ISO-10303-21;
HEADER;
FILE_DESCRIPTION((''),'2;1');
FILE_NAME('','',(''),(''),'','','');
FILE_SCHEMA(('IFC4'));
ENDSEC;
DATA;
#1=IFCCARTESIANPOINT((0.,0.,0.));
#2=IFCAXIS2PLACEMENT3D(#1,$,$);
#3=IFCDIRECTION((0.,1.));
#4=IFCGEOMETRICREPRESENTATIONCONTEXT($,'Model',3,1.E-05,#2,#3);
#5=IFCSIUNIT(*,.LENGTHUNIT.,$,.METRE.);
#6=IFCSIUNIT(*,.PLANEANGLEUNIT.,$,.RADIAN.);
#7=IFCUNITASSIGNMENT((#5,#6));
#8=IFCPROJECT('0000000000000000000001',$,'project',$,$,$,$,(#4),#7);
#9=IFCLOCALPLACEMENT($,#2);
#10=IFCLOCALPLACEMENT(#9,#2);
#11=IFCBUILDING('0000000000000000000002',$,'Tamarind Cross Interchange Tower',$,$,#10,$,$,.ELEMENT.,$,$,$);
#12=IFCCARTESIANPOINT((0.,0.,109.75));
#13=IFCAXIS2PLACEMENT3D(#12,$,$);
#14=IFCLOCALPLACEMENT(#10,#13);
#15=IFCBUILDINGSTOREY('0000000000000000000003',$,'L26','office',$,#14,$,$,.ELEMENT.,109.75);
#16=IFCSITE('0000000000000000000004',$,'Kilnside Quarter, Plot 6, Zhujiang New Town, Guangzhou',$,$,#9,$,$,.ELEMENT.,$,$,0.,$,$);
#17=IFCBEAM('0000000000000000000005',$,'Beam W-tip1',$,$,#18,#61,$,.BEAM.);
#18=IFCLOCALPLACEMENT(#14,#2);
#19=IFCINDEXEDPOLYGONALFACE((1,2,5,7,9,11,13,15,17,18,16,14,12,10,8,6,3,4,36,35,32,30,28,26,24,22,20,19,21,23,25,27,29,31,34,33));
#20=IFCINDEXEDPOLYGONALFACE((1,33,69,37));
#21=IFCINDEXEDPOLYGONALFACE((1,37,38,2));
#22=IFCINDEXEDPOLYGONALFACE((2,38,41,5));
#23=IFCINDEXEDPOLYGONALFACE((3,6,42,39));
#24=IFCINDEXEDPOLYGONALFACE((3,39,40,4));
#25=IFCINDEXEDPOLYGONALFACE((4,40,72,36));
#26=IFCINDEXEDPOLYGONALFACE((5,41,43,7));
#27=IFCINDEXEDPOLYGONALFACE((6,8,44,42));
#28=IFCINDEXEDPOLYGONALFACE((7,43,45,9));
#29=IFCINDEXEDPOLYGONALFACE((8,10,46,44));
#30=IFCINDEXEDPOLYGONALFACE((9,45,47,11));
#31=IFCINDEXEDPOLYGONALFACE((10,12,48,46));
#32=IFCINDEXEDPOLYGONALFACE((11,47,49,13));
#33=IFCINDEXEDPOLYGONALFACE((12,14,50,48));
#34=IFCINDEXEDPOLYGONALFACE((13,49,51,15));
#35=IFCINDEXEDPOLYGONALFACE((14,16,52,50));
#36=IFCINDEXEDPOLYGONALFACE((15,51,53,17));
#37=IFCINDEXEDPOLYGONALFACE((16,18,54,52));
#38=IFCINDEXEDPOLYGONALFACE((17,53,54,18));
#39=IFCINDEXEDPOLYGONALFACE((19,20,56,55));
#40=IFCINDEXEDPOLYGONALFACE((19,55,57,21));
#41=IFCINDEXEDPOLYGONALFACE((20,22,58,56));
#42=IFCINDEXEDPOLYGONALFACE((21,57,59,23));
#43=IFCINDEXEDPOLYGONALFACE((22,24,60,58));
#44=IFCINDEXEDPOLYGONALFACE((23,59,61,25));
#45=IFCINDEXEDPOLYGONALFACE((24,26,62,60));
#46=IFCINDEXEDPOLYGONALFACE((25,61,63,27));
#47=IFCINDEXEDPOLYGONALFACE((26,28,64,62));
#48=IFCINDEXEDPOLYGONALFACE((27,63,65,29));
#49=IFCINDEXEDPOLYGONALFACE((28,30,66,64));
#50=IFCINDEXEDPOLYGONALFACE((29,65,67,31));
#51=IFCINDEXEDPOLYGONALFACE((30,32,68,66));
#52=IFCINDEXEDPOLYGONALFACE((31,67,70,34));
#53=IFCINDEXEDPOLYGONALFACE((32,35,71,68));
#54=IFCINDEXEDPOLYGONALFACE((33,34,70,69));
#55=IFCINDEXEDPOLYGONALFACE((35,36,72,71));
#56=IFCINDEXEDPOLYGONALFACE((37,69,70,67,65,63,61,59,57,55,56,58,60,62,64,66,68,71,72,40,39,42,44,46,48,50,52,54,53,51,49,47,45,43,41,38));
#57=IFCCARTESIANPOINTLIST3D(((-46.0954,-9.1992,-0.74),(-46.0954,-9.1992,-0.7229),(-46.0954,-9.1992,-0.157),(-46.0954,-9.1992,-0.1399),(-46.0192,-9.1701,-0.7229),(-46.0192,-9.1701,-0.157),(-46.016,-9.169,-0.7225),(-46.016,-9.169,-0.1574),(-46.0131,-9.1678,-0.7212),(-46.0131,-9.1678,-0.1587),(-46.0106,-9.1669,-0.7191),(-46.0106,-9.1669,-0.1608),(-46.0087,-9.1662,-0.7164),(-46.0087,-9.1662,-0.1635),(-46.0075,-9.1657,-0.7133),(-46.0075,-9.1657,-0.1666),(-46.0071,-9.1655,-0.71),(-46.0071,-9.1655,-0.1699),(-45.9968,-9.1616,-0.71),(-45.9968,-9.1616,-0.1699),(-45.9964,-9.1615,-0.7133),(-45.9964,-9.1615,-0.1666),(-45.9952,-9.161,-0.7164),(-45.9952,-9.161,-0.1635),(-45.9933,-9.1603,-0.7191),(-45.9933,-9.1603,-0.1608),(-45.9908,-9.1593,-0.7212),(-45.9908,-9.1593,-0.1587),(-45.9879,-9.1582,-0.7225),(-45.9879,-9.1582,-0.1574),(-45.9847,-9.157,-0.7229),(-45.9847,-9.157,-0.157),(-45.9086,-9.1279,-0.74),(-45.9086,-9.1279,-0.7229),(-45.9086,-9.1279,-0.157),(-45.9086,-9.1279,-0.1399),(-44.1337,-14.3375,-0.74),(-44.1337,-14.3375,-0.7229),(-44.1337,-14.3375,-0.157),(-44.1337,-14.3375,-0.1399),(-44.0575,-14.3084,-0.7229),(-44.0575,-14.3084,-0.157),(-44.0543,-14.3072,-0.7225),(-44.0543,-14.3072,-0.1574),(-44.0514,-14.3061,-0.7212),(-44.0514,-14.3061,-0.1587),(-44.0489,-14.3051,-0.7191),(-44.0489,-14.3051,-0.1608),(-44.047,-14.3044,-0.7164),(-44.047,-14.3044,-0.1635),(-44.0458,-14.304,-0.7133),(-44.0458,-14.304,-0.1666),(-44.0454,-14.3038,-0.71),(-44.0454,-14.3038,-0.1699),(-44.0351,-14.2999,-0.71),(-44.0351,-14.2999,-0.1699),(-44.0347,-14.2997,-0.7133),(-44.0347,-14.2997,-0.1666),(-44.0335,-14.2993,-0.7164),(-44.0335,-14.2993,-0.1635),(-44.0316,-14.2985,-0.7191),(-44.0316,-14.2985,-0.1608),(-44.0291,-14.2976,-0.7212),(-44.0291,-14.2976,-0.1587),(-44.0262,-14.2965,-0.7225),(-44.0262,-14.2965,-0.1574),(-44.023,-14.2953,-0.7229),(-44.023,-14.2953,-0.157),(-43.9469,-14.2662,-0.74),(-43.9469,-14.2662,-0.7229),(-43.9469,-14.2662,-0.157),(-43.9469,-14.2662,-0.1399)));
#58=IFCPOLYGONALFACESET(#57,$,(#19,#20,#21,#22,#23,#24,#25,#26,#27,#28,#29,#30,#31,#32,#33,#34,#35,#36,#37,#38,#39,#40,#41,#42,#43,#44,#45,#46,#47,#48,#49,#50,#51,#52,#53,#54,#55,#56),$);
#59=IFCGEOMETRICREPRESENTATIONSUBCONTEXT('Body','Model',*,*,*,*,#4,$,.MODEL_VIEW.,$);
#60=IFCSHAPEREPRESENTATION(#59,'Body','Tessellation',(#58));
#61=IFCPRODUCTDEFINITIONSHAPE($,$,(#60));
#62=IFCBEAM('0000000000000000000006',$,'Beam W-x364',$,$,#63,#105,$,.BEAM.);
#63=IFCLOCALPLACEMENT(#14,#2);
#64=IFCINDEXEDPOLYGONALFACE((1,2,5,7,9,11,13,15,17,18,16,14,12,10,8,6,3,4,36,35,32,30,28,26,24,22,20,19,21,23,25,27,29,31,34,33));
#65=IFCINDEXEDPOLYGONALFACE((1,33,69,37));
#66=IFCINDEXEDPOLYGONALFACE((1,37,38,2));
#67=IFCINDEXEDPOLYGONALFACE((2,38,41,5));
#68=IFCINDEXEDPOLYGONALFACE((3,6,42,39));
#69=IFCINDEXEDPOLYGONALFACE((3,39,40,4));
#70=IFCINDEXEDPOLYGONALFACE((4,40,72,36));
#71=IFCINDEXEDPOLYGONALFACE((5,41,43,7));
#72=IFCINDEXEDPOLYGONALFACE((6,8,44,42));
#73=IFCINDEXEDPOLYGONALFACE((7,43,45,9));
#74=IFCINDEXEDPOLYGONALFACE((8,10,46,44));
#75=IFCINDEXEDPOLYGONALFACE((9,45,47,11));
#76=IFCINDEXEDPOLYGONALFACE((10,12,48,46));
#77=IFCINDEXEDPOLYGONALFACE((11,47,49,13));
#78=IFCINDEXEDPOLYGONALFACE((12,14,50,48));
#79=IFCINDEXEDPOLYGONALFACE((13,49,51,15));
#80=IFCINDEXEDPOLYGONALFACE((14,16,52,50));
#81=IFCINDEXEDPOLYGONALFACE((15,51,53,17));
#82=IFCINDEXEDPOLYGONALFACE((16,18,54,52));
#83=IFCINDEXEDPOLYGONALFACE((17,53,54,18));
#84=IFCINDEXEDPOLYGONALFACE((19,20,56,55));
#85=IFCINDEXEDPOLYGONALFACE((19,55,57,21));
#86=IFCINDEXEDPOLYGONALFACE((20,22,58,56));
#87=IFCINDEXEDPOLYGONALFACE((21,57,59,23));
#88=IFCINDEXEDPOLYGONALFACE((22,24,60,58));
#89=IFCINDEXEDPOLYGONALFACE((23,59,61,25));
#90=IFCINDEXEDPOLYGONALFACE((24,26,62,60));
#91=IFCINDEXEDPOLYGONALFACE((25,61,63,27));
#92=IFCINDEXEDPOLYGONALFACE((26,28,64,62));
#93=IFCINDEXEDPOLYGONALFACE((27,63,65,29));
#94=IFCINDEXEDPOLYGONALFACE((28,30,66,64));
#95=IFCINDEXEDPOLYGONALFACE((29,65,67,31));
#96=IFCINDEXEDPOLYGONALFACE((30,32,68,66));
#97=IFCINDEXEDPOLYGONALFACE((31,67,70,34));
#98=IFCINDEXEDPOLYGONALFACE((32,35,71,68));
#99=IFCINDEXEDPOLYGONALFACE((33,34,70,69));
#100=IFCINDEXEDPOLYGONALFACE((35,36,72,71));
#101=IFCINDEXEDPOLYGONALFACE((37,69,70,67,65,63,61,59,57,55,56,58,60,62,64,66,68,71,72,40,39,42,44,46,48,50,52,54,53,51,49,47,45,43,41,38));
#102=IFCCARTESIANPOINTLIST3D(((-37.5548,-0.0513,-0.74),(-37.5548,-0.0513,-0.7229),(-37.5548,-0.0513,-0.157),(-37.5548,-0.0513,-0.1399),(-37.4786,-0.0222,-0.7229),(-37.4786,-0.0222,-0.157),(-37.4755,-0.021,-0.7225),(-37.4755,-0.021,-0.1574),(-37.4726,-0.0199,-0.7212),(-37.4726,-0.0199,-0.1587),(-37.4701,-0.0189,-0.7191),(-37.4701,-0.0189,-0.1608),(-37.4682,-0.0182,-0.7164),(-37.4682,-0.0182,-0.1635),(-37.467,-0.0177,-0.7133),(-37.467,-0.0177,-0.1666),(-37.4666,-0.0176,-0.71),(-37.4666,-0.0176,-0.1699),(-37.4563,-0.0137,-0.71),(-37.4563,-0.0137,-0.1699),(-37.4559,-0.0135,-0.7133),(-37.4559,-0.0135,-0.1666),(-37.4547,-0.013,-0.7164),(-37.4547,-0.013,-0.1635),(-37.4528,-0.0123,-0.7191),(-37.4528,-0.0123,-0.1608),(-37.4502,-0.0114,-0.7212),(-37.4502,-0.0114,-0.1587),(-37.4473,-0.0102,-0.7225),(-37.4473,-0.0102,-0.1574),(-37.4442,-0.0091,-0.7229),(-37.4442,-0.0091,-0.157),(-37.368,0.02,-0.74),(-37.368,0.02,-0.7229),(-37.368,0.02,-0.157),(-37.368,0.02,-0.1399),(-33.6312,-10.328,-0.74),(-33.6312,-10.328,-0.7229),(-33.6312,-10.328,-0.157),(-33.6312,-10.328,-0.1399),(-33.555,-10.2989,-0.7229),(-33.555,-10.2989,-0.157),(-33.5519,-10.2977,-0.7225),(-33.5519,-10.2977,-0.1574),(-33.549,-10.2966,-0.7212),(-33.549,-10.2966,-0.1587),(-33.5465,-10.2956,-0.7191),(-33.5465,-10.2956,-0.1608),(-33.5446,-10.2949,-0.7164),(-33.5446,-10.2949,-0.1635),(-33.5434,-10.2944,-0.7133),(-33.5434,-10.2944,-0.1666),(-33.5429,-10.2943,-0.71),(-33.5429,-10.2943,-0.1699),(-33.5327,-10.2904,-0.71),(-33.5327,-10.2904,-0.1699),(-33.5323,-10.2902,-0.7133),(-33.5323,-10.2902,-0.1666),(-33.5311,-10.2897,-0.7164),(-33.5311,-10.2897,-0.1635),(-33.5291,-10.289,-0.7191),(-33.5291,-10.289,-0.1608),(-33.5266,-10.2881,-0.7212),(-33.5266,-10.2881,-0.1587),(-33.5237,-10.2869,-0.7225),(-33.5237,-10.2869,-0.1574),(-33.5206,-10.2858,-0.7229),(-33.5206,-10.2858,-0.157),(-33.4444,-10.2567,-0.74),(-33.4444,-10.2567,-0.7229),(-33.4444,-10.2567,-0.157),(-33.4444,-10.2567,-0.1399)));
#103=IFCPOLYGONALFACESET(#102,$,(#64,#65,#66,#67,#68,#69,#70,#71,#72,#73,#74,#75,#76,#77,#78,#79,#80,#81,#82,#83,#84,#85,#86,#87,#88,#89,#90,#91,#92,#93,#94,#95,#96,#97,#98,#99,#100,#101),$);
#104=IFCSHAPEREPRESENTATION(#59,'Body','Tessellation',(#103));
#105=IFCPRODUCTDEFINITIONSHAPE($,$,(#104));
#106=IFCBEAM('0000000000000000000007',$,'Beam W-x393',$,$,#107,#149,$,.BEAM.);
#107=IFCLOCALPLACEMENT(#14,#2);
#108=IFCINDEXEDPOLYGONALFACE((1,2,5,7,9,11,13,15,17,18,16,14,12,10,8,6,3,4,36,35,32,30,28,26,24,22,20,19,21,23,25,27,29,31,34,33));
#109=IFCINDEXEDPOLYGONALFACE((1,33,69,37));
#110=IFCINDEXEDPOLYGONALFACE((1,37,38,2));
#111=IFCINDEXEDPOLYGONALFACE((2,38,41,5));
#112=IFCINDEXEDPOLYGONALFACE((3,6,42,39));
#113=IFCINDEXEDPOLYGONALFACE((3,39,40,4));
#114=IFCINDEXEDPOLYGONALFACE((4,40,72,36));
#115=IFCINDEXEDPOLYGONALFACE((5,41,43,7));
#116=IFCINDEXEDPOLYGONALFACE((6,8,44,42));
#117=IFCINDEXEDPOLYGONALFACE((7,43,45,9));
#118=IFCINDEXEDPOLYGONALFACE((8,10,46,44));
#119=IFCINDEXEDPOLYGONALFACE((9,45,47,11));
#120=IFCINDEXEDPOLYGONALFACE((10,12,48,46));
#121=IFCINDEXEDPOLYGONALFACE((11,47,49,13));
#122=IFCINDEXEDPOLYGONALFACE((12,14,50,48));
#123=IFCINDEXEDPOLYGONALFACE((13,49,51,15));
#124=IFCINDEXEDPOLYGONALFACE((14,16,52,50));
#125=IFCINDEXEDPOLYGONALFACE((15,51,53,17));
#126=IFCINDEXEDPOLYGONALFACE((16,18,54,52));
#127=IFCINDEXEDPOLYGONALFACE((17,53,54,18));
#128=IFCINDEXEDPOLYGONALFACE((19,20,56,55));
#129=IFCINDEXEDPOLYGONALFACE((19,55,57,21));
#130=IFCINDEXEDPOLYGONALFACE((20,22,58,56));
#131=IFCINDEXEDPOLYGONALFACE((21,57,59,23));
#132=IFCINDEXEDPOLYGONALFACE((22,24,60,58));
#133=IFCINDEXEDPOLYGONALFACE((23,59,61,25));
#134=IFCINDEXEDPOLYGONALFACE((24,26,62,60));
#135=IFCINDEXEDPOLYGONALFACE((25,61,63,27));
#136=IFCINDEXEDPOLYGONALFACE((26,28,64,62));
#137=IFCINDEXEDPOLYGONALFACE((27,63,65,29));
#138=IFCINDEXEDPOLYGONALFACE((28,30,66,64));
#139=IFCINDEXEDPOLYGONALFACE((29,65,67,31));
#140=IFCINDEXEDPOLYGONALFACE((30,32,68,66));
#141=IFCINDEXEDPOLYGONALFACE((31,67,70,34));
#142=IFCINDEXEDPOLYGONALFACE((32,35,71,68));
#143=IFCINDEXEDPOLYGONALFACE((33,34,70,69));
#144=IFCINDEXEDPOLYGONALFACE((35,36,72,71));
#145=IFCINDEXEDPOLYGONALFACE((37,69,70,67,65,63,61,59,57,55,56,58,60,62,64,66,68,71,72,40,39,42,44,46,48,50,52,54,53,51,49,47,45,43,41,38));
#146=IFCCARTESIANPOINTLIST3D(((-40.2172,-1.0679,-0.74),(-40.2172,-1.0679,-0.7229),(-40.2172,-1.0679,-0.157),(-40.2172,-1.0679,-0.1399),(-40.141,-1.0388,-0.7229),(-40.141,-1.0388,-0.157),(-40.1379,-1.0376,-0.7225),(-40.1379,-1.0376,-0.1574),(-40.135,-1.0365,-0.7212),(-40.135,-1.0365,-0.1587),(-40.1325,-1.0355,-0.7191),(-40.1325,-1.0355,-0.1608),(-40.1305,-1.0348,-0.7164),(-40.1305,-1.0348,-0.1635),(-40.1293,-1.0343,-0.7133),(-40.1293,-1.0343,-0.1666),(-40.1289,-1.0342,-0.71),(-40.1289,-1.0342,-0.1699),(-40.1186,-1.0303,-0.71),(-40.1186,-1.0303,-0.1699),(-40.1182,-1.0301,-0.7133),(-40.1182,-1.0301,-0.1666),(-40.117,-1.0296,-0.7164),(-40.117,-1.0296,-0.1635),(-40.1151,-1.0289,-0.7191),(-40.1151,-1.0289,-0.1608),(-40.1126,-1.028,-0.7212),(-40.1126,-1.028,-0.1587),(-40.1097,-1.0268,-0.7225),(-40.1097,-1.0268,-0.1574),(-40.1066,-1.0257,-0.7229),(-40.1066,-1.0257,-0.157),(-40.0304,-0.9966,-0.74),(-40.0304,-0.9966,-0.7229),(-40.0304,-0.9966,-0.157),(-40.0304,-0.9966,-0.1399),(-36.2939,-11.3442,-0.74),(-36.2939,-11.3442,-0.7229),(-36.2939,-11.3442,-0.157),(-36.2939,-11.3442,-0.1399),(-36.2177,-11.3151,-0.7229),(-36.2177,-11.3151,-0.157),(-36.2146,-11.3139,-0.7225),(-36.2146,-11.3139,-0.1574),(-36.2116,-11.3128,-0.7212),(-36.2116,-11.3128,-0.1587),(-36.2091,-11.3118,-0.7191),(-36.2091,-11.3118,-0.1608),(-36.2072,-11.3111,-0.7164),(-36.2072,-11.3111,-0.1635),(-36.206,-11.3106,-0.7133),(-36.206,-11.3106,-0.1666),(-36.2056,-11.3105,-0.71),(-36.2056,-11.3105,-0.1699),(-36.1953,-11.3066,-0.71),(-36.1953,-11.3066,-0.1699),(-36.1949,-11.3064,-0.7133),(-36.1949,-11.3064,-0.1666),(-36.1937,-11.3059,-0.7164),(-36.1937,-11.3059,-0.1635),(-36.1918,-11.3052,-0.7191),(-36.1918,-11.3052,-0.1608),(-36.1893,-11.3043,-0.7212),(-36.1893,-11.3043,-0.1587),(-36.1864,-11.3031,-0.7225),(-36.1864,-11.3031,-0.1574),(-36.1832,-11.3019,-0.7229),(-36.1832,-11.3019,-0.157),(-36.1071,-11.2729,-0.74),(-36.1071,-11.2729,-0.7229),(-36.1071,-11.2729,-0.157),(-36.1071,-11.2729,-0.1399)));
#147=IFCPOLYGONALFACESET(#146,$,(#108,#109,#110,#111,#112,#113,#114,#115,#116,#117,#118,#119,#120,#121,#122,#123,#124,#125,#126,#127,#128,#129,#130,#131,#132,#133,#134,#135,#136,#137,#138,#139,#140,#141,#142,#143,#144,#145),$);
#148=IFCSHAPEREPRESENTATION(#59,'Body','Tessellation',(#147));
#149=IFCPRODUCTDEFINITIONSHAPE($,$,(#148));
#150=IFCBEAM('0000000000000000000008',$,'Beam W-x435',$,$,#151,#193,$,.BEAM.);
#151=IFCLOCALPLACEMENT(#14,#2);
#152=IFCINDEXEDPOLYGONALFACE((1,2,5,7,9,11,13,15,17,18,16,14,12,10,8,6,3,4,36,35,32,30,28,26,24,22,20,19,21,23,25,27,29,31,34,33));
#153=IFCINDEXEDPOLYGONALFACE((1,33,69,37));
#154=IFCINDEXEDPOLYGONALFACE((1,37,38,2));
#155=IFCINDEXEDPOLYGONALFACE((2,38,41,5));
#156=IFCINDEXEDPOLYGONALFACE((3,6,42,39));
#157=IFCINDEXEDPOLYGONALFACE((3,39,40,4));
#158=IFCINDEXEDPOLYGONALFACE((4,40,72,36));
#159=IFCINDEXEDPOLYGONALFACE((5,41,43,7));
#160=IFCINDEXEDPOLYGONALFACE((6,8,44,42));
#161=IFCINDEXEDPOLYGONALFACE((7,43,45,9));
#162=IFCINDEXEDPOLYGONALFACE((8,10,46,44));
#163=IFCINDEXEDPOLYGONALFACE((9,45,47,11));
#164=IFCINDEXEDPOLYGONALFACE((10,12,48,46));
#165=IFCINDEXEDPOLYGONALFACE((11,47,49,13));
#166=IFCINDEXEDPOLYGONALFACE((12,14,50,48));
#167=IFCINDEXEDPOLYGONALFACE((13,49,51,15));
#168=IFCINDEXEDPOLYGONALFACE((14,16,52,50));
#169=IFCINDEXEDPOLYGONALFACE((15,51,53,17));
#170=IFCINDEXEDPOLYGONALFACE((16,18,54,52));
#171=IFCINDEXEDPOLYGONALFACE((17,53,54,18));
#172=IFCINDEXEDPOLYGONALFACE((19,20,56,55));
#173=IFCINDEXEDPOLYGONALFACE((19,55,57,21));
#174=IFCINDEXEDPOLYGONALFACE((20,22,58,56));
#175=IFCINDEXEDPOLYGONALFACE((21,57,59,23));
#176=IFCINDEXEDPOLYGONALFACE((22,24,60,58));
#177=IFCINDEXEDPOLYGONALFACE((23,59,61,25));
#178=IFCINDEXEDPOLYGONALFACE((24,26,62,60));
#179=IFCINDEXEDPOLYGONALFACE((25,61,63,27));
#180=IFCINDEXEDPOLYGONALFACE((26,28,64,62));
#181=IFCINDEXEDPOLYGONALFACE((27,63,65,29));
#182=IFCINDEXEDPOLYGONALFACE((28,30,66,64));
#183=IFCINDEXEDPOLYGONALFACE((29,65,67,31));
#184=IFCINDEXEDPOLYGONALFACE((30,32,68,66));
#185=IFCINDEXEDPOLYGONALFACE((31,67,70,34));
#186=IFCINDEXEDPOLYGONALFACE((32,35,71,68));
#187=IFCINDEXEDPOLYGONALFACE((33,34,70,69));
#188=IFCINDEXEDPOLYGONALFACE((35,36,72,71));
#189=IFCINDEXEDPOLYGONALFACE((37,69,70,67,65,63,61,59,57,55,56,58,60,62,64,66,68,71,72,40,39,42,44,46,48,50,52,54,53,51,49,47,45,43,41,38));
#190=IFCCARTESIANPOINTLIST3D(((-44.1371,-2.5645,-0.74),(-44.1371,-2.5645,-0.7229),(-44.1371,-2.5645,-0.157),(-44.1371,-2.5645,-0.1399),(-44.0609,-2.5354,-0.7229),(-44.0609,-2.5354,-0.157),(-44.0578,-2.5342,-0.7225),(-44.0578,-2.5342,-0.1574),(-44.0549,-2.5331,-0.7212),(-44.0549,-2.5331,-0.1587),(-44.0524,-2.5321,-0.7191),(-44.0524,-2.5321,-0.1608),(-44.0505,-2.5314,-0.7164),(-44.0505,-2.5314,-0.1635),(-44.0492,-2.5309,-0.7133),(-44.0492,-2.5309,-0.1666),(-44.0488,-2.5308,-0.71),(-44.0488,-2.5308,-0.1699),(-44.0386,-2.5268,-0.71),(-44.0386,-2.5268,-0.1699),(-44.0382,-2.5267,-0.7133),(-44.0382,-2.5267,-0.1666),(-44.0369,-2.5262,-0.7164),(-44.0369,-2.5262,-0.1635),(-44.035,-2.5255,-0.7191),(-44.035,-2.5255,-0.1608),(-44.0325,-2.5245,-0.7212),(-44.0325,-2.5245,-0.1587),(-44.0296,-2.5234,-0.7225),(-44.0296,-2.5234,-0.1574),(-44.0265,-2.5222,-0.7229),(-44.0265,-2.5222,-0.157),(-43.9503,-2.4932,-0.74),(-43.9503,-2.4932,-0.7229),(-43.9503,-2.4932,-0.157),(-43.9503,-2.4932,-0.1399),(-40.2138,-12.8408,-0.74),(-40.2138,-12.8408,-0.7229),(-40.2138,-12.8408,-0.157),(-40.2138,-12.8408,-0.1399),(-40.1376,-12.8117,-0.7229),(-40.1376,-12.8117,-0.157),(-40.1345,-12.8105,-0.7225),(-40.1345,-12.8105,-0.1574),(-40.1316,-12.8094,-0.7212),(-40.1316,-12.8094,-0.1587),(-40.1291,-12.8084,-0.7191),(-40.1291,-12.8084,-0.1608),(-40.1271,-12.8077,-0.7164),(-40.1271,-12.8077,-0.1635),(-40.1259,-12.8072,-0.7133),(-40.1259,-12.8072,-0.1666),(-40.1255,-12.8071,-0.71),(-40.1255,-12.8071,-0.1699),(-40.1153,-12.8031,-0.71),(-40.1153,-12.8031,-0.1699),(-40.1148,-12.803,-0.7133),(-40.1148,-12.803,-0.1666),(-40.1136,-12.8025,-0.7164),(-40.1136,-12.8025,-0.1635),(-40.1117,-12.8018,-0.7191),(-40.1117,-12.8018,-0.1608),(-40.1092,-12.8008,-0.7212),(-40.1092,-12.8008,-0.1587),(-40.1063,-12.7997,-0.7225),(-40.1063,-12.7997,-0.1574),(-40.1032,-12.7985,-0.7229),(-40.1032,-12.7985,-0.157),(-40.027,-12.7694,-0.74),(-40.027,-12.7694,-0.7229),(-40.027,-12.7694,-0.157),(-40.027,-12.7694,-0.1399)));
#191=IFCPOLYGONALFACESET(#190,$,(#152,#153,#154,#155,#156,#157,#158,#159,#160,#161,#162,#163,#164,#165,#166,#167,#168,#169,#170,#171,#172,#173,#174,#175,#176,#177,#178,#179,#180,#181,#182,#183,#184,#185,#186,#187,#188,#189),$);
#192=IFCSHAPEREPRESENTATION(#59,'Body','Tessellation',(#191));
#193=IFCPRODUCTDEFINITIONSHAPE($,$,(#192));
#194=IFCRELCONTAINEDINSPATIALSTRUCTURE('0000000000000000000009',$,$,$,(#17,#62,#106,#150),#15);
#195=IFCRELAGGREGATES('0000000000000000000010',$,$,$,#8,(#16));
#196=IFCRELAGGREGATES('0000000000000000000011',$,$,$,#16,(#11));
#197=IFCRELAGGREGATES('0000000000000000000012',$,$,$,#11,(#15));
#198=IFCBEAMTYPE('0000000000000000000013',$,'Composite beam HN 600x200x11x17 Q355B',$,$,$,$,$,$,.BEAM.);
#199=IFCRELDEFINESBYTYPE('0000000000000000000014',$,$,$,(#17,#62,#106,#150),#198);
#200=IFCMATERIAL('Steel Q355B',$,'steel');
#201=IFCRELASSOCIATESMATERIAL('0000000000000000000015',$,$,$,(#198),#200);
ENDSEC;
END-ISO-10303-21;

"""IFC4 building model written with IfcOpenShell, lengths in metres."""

from ifc_helpers import new_model, si_unit, direction, frame, origin, origin_2d, place, context, subcontext, project, spatial, i_section, extrude, material, material_profile, profile_set, type_object, element, save


model = new_model("IFC4")

# Units and contexts
model_context = context("Model", 3, precision=1e-05, world=origin(), true_north=direction((0.0, 1.0)))
body_context = subcontext(model_context, "Body", "Model", "MODEL_VIEW")
ifc_project = project(units=[si_unit("LENGTHUNIT", "METRE"), si_unit("PLANEANGLEUNIT", "RADIAN")], contexts=[model_context])

# Site, building, storey
site_placement = place(None, origin())
site = spatial("IfcSite", under=ifc_project, at=site_placement, Name="Kilnside Quarter, Plot 6, Zhujiang New Town, Guangzhou", CompositionType="ELEMENT", RefElevation=0.0)
building_placement = place(site_placement, origin())
building = spatial("IfcBuilding", under=site, at=building_placement, Name="Tamarind Cross Interchange Tower", CompositionType="ELEMENT")
storey_placement = place(building_placement, frame((0.0, 0.0, 109.75)))
storey = spatial("IfcBuildingStorey", under=building, at=storey_placement, Name="L26", Description="office", CompositionType="ELEMENT", Elevation=109.75)

# Beams
ifc_material_1 = material(Name="Steel Q355B", Category="steel")
ifc_material_profile_1 = material_profile(ifc_material_1, i_section(OverallWidth=0.2, OverallDepth=0.6001, WebThickness=0.011, FlangeThickness=0.0171, FilletRadius=0.0129, at=origin_2d()), Name="HN 600x200x11x17")
ifc_profile_set_1 = profile_set([ifc_material_profile_1], Name="Steel Q355B")
beam_type_1 = type_object("IfcBeamType", Name="Composite beam HN 600x200x11x17 Q355B", PredefinedType="BEAM", material=ifc_profile_set_1)
for number, where, z_axis, x_axis, name in (
    (1, (-46.002, -9.1636, -0.4399), (0.356673, -0.934229, 0.0), (0.934229, 0.356673, 0.0), "Beam W-tip1"),
):
    element("IfcBeam", number, at=place(storey_placement, frame(where, z_axis=z_axis, x_axis=x_axis)), inside=storey, type_object=beam_type_1, Name=name, PredefinedType="BEAM", context=body_context, shape_type="SweptSolid", body=[
        extrude(i_section(OverallWidth=0.2, OverallDepth=0.6001, WebThickness=0.011, FlangeThickness=0.0171, FilletRadius=0.0129, at=origin_2d()), origin(), (0.0, 0.0, 1.0), 5.5),
    ])
beam_1_placement = place(storey_placement, frame((-37.4614, -0.0156, -0.4399), z_axis=(0.356685, -0.934225, 0.0), x_axis=(0.934225, 0.356685, 0.0)))
element("IfcBeam", 2, at=beam_1_placement, inside=storey, type_object=beam_type_1, Name="Beam W-x364", PredefinedType="BEAM", context=body_context, shape_type="SweptSolid", body=[
    extrude(i_section(OverallWidth=0.2, OverallDepth=0.6001, WebThickness=0.011, FlangeThickness=0.0171, FilletRadius=0.0129, at=origin_2d()), origin(), (0.0, 0.0, 1.0), 11.0002),
])
for number, where, z_axis, x_axis, name in (
    (3, (-40.1238, -1.0322, -0.4399), (0.356673, -0.934229, 0.0), (0.934229, 0.356673, 0.0), "Beam W-x393"),
    (4, (-44.0437, -2.5288, -0.4399), (0.356673, -0.934229, 0.0), (0.934229, 0.356673, 0.0), "Beam W-x435"),
):
    element("IfcBeam", number, at=place(storey_placement, frame(where, z_axis=z_axis, x_axis=x_axis)), inside=storey, type_object=beam_type_1, Name=name, PredefinedType="BEAM", context=body_context, shape_type="SweptSolid", body=[
        extrude(i_section(OverallWidth=0.2, OverallDepth=0.6001, WebThickness=0.011, FlangeThickness=0.0171, FilletRadius=0.0129, at=origin_2d()), origin(), (0.0, 0.0, 1.0), 10.9998),
    ])

save(model, "model.ifc")
